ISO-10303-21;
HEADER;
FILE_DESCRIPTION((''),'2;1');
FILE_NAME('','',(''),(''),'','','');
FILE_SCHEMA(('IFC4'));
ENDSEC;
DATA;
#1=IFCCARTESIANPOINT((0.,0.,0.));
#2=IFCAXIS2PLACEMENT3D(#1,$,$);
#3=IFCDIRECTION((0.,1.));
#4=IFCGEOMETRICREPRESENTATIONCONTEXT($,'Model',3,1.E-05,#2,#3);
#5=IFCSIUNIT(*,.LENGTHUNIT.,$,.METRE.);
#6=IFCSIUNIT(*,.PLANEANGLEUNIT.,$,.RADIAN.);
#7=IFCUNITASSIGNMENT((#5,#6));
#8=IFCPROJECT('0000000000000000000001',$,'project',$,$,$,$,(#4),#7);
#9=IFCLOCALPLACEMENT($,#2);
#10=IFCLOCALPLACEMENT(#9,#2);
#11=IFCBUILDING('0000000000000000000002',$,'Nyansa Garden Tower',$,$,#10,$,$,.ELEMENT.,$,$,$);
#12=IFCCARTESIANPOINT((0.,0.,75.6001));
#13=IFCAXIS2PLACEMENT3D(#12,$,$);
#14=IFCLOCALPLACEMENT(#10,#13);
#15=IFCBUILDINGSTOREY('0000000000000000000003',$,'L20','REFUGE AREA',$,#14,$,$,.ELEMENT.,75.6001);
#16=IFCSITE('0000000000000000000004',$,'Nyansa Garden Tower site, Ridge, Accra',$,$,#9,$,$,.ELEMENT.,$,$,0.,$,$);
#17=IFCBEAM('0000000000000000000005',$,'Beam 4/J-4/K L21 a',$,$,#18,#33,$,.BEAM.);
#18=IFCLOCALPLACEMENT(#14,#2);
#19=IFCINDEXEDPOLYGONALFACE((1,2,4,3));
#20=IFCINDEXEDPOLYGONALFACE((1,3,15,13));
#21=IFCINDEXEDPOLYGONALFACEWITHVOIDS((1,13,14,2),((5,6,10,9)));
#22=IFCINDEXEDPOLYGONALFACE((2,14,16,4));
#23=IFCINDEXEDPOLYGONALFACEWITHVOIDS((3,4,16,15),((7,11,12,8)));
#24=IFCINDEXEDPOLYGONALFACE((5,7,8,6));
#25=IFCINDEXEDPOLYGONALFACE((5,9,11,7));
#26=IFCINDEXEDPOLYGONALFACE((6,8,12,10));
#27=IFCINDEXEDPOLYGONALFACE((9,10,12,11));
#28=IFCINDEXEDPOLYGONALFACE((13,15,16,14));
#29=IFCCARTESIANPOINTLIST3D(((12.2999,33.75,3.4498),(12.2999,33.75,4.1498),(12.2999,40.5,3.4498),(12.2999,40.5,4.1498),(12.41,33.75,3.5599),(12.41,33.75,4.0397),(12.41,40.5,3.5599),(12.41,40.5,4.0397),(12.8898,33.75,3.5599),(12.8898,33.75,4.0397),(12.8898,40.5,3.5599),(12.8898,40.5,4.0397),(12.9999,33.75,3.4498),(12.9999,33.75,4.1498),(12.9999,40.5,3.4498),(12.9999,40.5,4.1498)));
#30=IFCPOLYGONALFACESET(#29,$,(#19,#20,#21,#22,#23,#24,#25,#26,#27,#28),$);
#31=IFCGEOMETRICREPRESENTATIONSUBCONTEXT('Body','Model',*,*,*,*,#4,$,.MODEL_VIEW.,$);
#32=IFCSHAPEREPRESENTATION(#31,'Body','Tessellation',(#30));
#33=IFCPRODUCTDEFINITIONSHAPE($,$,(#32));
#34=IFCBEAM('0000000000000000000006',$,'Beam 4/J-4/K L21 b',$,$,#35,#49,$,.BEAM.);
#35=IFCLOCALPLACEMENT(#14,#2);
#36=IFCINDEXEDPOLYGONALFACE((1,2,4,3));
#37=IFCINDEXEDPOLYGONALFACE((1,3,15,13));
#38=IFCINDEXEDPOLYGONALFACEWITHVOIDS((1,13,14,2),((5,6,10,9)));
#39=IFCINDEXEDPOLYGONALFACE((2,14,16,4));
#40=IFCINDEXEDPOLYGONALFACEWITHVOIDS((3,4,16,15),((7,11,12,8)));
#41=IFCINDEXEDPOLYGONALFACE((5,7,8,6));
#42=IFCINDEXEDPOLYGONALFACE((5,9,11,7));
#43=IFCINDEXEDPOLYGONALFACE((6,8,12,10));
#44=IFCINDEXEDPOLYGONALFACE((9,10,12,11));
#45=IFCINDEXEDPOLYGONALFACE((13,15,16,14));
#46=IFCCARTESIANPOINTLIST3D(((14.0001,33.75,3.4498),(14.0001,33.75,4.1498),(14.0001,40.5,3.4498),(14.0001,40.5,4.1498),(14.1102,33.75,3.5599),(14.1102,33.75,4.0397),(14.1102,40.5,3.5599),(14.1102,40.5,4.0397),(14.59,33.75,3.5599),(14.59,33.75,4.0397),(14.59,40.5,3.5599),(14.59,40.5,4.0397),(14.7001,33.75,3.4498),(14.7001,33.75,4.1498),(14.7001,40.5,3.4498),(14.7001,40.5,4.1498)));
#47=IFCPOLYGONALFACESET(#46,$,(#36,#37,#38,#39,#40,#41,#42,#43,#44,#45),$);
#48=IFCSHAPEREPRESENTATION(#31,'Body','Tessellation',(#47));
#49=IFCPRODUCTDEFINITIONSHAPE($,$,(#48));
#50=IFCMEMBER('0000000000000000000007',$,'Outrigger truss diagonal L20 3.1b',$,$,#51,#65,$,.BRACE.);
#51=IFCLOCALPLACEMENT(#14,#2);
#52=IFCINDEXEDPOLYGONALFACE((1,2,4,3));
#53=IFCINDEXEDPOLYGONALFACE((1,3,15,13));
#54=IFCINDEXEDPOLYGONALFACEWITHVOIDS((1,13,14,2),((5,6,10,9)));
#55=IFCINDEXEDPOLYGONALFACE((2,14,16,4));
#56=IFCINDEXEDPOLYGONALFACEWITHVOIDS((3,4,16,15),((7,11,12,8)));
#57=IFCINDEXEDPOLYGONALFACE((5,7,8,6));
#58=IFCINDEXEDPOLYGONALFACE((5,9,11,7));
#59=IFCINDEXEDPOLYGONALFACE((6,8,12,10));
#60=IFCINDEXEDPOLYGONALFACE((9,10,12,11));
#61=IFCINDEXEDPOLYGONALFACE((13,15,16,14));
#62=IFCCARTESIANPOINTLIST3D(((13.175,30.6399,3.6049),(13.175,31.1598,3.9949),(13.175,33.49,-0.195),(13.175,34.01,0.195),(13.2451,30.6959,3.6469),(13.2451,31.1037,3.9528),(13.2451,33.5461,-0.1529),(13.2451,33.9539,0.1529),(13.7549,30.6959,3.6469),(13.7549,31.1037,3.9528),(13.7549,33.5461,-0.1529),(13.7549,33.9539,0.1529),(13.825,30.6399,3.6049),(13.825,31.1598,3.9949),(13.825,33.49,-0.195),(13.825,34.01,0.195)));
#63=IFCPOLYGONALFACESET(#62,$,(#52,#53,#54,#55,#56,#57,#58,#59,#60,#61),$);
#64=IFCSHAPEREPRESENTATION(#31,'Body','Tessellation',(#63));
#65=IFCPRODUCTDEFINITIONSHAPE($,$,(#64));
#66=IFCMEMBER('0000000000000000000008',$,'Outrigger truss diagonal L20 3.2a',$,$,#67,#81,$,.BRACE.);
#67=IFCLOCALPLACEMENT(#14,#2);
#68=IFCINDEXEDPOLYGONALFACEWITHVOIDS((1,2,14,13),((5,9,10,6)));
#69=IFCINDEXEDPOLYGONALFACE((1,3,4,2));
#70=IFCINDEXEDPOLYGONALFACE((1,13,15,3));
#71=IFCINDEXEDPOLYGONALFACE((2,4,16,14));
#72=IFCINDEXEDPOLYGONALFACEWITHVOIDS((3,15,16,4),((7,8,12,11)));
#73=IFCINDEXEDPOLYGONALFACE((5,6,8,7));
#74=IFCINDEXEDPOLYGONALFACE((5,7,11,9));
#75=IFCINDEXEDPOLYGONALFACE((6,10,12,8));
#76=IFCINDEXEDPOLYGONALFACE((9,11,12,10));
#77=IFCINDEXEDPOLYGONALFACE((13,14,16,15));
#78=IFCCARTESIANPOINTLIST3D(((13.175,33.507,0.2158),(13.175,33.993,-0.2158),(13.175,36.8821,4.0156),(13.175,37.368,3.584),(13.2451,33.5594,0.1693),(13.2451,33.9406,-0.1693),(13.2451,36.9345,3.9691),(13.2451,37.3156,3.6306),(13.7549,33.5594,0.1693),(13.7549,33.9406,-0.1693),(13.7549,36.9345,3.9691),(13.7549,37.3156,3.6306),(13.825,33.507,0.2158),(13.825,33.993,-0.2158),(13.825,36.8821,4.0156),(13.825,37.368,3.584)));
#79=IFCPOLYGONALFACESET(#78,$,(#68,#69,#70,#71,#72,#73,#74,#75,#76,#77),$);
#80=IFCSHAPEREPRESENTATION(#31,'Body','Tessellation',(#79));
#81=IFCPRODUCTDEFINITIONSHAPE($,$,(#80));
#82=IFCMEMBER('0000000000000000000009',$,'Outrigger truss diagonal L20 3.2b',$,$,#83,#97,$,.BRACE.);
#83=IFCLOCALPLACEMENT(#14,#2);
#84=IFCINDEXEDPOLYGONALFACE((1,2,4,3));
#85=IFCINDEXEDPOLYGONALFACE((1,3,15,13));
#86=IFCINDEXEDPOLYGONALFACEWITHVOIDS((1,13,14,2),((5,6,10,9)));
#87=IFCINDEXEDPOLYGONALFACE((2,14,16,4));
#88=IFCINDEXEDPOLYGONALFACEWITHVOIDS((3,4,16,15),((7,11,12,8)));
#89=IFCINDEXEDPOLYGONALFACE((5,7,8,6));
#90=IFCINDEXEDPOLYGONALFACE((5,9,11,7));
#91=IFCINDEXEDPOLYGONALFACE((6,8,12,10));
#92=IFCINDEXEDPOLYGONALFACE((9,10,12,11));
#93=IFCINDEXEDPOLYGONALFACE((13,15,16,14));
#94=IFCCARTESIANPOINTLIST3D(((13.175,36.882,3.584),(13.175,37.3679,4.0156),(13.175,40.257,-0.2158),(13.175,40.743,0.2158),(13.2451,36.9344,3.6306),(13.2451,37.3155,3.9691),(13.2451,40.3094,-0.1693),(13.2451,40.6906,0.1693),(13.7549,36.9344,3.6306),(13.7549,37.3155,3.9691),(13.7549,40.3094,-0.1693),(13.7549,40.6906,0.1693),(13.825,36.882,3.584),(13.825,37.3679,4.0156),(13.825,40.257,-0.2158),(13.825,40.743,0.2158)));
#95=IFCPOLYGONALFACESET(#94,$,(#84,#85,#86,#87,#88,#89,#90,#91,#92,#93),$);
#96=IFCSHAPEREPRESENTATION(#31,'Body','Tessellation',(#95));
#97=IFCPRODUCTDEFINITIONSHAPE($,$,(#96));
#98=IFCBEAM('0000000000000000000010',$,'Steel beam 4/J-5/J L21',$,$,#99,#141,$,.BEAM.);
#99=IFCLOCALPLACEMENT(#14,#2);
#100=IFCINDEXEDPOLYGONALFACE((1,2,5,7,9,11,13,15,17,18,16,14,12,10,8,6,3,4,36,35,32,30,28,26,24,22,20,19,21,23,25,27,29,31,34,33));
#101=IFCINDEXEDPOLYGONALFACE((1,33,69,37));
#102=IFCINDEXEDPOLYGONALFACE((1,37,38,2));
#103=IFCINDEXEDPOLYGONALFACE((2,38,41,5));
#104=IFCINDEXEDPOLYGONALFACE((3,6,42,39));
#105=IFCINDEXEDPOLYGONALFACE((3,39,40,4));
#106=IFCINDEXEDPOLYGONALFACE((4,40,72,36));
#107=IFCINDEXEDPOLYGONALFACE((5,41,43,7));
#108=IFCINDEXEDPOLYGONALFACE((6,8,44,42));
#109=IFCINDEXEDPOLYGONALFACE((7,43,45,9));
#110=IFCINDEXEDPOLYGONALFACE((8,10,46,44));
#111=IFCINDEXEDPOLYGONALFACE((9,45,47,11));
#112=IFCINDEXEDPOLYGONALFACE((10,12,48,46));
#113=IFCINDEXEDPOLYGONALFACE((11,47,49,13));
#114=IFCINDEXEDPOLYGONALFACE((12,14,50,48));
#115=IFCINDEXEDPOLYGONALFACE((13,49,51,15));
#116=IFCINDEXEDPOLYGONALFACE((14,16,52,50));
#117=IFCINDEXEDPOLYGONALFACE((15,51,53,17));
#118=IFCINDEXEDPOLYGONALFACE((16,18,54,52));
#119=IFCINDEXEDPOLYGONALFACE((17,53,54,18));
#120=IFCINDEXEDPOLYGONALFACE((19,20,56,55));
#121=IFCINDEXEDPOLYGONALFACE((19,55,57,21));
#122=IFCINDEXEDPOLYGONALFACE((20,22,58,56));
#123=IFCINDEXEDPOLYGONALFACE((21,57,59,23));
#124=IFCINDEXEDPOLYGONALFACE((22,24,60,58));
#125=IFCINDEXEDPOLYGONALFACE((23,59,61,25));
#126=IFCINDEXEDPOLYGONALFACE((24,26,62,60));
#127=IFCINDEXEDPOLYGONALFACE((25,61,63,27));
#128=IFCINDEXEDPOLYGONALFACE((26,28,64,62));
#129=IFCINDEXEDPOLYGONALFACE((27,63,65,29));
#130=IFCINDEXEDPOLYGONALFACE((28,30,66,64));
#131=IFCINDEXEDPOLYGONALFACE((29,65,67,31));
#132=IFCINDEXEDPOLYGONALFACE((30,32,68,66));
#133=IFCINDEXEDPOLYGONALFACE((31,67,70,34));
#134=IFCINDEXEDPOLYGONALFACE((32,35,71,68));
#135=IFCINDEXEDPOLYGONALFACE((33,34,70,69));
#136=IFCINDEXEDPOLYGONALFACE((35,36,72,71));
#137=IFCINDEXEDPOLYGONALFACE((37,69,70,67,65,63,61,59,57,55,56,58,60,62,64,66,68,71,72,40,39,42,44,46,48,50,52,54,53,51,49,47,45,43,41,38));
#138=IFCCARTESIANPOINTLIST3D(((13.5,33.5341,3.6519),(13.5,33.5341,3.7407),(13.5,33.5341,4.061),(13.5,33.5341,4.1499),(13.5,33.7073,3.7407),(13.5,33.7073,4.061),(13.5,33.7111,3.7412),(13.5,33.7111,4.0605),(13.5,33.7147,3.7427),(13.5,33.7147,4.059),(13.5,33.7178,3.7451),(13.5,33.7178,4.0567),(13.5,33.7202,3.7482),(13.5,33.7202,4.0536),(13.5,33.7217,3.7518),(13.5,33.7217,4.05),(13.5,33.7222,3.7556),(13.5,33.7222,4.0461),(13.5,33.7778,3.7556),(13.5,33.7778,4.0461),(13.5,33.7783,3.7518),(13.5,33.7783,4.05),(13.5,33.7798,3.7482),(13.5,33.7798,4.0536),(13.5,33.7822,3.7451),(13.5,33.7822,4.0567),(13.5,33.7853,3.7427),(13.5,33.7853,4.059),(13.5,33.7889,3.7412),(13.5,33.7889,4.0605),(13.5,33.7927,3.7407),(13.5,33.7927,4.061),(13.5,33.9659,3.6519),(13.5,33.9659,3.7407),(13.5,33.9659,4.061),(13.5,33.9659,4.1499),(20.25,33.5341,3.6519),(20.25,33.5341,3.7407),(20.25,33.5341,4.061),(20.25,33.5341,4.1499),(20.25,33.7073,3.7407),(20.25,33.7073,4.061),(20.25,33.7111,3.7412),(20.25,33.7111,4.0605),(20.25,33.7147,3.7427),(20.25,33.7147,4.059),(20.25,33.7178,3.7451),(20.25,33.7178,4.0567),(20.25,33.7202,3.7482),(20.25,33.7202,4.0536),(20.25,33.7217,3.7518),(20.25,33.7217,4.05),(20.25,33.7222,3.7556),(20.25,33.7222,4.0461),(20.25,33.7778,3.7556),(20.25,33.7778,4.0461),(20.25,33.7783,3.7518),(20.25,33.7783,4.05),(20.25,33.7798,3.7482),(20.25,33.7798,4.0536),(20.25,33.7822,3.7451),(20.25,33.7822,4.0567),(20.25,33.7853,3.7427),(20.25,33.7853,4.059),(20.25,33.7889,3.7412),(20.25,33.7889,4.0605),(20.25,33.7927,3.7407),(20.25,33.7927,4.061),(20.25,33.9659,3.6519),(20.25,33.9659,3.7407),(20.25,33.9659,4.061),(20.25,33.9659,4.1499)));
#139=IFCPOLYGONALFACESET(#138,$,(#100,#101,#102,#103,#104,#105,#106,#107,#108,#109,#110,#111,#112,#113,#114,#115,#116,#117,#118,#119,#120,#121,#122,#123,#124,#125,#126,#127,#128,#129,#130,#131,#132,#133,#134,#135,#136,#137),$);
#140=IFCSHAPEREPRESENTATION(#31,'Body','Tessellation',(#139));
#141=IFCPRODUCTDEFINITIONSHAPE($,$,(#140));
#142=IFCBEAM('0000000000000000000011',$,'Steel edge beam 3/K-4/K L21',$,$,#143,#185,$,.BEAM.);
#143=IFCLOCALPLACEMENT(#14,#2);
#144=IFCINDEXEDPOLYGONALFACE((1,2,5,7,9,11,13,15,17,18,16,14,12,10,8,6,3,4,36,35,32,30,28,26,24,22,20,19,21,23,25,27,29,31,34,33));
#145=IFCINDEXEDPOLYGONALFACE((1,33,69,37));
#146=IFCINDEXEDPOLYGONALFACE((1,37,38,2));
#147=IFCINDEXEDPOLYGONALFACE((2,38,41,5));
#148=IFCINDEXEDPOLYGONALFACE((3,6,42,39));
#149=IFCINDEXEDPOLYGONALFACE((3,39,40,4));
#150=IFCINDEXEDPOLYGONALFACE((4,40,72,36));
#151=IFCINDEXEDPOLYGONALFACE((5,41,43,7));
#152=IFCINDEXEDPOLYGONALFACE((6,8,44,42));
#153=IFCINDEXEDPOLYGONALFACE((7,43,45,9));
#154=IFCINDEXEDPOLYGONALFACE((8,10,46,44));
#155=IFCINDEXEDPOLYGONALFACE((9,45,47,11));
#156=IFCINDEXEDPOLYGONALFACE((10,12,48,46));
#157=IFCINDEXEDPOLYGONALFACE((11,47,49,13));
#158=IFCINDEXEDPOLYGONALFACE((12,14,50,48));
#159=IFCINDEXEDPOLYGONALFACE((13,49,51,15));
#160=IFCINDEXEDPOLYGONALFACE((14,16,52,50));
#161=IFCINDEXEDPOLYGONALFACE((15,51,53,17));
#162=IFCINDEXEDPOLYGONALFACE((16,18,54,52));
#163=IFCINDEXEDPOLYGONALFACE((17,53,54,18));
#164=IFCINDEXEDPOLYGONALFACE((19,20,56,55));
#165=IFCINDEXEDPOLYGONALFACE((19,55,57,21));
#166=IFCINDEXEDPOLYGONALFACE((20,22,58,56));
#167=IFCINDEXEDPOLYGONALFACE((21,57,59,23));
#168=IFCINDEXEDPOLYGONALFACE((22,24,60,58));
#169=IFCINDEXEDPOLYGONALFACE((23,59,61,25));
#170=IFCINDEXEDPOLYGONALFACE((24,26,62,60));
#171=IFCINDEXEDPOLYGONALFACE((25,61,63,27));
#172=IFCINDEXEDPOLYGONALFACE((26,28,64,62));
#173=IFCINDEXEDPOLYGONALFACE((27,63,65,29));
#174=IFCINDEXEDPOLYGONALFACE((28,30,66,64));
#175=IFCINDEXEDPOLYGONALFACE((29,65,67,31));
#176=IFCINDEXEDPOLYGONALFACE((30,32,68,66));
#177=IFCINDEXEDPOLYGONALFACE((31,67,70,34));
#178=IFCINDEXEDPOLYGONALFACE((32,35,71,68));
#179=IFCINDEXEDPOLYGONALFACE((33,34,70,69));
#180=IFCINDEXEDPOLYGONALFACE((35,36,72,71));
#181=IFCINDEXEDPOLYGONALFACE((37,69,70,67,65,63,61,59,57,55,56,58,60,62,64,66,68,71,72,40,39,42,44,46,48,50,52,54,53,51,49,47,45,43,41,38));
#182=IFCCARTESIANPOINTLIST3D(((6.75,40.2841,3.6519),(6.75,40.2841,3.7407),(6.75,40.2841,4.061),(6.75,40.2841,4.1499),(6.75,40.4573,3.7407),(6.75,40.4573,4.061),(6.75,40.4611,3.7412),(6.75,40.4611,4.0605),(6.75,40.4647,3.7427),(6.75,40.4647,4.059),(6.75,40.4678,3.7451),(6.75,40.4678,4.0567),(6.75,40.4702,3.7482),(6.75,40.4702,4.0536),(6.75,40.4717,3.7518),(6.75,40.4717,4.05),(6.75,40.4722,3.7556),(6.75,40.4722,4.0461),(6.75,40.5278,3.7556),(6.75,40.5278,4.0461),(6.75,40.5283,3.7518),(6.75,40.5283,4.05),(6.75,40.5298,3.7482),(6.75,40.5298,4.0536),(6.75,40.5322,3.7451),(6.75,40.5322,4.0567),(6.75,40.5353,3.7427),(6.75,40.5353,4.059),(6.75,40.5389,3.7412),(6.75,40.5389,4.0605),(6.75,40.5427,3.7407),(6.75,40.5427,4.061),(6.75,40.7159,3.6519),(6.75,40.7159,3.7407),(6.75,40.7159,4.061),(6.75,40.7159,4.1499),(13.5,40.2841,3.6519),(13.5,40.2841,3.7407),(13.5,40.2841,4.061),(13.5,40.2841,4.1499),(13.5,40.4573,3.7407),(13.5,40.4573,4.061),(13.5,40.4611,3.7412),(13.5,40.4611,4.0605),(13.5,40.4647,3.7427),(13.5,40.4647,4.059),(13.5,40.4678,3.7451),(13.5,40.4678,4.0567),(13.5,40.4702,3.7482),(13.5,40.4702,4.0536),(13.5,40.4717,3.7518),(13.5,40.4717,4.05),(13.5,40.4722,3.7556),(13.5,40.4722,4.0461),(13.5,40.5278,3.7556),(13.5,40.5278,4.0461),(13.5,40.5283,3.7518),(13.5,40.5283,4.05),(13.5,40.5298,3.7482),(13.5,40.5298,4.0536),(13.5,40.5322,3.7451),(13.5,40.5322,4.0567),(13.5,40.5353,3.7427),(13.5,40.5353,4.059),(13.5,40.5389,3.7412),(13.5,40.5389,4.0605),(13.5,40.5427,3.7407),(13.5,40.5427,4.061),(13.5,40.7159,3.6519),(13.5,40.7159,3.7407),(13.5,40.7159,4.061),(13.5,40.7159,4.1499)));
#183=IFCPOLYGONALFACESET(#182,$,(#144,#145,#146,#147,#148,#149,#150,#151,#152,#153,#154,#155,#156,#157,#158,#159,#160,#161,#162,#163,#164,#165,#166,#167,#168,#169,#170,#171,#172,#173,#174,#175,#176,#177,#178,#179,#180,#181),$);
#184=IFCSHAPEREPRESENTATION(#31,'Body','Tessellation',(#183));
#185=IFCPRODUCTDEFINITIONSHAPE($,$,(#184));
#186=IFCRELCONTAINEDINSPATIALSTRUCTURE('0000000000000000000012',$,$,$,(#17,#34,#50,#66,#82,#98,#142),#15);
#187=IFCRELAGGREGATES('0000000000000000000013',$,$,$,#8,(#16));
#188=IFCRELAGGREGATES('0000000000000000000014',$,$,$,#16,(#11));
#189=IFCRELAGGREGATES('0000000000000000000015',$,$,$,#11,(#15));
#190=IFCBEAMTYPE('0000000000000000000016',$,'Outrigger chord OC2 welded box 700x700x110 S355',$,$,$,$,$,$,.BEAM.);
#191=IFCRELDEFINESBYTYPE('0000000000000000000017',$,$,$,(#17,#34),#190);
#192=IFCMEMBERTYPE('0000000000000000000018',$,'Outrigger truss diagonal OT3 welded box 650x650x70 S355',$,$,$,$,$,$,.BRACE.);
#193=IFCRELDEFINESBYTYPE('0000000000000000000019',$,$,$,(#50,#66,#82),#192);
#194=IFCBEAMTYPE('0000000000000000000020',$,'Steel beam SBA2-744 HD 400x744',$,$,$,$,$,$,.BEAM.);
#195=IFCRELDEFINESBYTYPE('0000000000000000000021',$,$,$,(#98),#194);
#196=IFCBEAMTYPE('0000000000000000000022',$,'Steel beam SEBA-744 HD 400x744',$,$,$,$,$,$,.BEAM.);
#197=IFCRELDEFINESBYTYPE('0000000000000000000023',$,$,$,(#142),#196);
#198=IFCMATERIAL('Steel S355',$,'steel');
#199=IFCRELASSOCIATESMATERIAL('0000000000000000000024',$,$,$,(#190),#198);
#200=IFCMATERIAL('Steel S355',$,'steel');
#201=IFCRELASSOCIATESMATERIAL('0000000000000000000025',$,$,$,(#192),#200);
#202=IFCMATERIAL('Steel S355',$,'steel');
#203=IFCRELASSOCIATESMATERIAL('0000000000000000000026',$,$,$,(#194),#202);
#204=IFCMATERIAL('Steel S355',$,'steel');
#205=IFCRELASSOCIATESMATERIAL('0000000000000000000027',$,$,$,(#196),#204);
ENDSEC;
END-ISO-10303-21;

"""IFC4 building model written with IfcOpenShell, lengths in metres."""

from ifc_helpers import new_model, si_unit, direction, frame, origin, origin_2d, place, context, subcontext, project, spatial, hollow_rectangle, i_section, extrude, material, material_profile, profile_set, type_object, element, save


model = new_model("IFC4")

# Units and contexts
model_context = context("Model", 3, precision=1e-05, world=origin(), true_north=direction((0.0, 1.0)))
body_context = subcontext(model_context, "Body", "Model", "MODEL_VIEW")
ifc_project = project(units=[si_unit("LENGTHUNIT", "METRE"), si_unit("PLANEANGLEUNIT", "RADIAN")], contexts=[model_context])

# Site, building, storey
site_placement = place(None, origin())
site = spatial("IfcSite", under=ifc_project, at=site_placement, Name="Nyansa Garden Tower site, Ridge, Accra", CompositionType="ELEMENT", RefElevation=0.0)
building_placement = place(site_placement, origin())
building = spatial("IfcBuilding", under=site, at=building_placement, Name="Nyansa Garden Tower", CompositionType="ELEMENT")
storey_placement = place(building_placement, frame((0.0, 0.0, 75.6001)))
storey = spatial("IfcBuildingStorey", under=building, at=storey_placement, Name="L20", Description="REFUGE AREA", CompositionType="ELEMENT", Elevation=75.6001)

# Beams
ifc_material_1 = material(Name="Steel S355", Category="steel")
ifc_material_profile_1 = material_profile(ifc_material_1, hollow_rectangle(XDim=0.7, YDim=0.7, WallThickness=0.1101, at=origin_2d()), Name="Welded box 700x700x110")
ifc_profile_set_1 = profile_set([ifc_material_profile_1], Name="Steel S355")
beam_type_1 = type_object("IfcBeamType", Name="Outrigger chord OC2 welded box 700x700x110 S355", PredefinedType="BEAM", material=ifc_profile_set_1)
for number, where, z_axis, x_axis, name in (
    (1, (12.6499, 33.75, 3.7998), (0.0, 1.0, 0.0), (-1.0, 0.0, 0.0), "Beam 4/J-4/K L21 a"),
    (2, (14.3501, 33.75, 3.7998), (0.0, 1.0, 0.0), (-1.0, 0.0, 0.0), "Beam 4/J-4/K L21 b"),
):
    element("IfcBeam", number, at=place(storey_placement, frame(where, z_axis=z_axis, x_axis=x_axis)), inside=storey, type_object=beam_type_1, Name=name, PredefinedType="BEAM", context=body_context, shape_type="SweptSolid", body=[
        extrude(hollow_rectangle(XDim=0.7, YDim=0.7, WallThickness=0.1101, at=origin_2d()), origin(), (0.0, 0.0, 1.0), 6.75),
    ])

# Members
ifc_material_2 = material(Name="Steel S355", Category="steel")
ifc_material_profile_2 = material_profile(ifc_material_2, hollow_rectangle(XDim=0.6499, YDim=0.6499, WallThickness=0.0701, at=origin_2d()), Name="Welded box 650x650x70")
ifc_profile_set_2 = profile_set([ifc_material_profile_2], Name="Steel S355")
member_type_1 = type_object("IfcMemberType", Name="Outrigger truss diagonal OT3 welded box 650x650x70 S355", PredefinedType="BRACE", material=ifc_profile_set_2)
member_1_placement = place(storey_placement, frame((13.5, 33.75, 0.0), z_axis=(0.0, -0.600033, 0.799975), x_axis=(1.0, 0.0, 0.0)))
element("IfcMember", 3, at=member_1_placement, inside=storey, type_object=member_type_1, Name="Outrigger truss diagonal L20 3.1b", PredefinedType="BRACE", context=body_context, shape_type="SweptSolid", body=[
    extrude(hollow_rectangle(XDim=0.6499, YDim=0.6499, WallThickness=0.0701, at=origin_2d()), origin(), (0.0, 0.0, 1.0), 4.75),
])
for number, where, z_axis, x_axis, name in (
    (4, (13.5, 33.75, 0.0), (0.0, 0.664078, 0.747664), (-1.0, 0.0, 0.0), "Outrigger truss diagonal L20 3.2a"),
    (5, (13.5, 40.5, 0.0), (0.0, -0.664078, 0.747664), (1.0, 0.0, 0.0), "Outrigger truss diagonal L20 3.2b"),
):
    element("IfcMember", number, at=place(storey_placement, frame(where, z_axis=z_axis, x_axis=x_axis)), inside=storey, type_object=member_type_1, Name=name, PredefinedType="BRACE", context=body_context, shape_type="SweptSolid", body=[
        extrude(hollow_rectangle(XDim=0.6499, YDim=0.6499, WallThickness=0.0701, at=origin_2d()), origin(), (0.0, 0.0, 1.0), 5.0823),
    ])

# Beams
ifc_material_3 = material(Name="Steel S355", Category="steel")
ifc_material_profile_3 = material_profile(ifc_material_3, i_section(OverallWidth=0.4319, OverallDepth=0.498, WebThickness=0.0557, FlangeThickness=0.0889, FilletRadius=0.0149, at=origin_2d()), Name="HD 400x744")
ifc_profile_set_3 = profile_set([ifc_material_profile_3], Name="Steel S355")
beam_type_2 = type_object("IfcBeamType", Name="Steel beam SBA2-744 HD 400x744", PredefinedType="BEAM", material=ifc_profile_set_3)
beam_1_placement = place(storey_placement, frame((13.5, 33.75, 3.9009), z_axis=(1.0, 0.0, 0.0), x_axis=(0.0, 1.0, 0.0)))
element("IfcBeam", 6, at=beam_1_placement, inside=storey, type_object=beam_type_2, Name="Steel beam 4/J-5/J L21", PredefinedType="BEAM", context=body_context, shape_type="SweptSolid", body=[
    extrude(i_section(OverallWidth=0.4319, OverallDepth=0.498, WebThickness=0.0557, FlangeThickness=0.0889, FilletRadius=0.0149, at=origin_2d()), origin(), (0.0, 0.0, 1.0), 6.75),
])
ifc_material_4 = material(Name="Steel S355", Category="steel")
ifc_material_profile_4 = material_profile(ifc_material_4, i_section(OverallWidth=0.4319, OverallDepth=0.498, WebThickness=0.0557, FlangeThickness=0.0889, FilletRadius=0.0149, at=origin_2d()), Name="HD 400x744")
ifc_profile_set_4 = profile_set([ifc_material_profile_4], Name="Steel S355")
beam_type_3 = type_object("IfcBeamType", Name="Steel beam SEBA-744 HD 400x744", PredefinedType="BEAM", material=ifc_profile_set_4)
for number, where, z_axis, x_axis, name in (
    (7, (6.75, 40.5, 3.9009), (1.0, 0.0, 0.0), (0.0, 1.0, 0.0), "Steel edge beam 3/K-4/K L21"),
):
    element("IfcBeam", number, at=place(storey_placement, frame(where, z_axis=z_axis, x_axis=x_axis)), inside=storey, type_object=beam_type_3, Name=name, PredefinedType="BEAM", context=body_context, shape_type="SweptSolid", body=[
        extrude(i_section(OverallWidth=0.4319, OverallDepth=0.498, WebThickness=0.0557, FlangeThickness=0.0889, FilletRadius=0.0149, at=origin_2d()), origin(), (0.0, 0.0, 1.0), 6.75),
    ])

save(model, "model.ifc")
